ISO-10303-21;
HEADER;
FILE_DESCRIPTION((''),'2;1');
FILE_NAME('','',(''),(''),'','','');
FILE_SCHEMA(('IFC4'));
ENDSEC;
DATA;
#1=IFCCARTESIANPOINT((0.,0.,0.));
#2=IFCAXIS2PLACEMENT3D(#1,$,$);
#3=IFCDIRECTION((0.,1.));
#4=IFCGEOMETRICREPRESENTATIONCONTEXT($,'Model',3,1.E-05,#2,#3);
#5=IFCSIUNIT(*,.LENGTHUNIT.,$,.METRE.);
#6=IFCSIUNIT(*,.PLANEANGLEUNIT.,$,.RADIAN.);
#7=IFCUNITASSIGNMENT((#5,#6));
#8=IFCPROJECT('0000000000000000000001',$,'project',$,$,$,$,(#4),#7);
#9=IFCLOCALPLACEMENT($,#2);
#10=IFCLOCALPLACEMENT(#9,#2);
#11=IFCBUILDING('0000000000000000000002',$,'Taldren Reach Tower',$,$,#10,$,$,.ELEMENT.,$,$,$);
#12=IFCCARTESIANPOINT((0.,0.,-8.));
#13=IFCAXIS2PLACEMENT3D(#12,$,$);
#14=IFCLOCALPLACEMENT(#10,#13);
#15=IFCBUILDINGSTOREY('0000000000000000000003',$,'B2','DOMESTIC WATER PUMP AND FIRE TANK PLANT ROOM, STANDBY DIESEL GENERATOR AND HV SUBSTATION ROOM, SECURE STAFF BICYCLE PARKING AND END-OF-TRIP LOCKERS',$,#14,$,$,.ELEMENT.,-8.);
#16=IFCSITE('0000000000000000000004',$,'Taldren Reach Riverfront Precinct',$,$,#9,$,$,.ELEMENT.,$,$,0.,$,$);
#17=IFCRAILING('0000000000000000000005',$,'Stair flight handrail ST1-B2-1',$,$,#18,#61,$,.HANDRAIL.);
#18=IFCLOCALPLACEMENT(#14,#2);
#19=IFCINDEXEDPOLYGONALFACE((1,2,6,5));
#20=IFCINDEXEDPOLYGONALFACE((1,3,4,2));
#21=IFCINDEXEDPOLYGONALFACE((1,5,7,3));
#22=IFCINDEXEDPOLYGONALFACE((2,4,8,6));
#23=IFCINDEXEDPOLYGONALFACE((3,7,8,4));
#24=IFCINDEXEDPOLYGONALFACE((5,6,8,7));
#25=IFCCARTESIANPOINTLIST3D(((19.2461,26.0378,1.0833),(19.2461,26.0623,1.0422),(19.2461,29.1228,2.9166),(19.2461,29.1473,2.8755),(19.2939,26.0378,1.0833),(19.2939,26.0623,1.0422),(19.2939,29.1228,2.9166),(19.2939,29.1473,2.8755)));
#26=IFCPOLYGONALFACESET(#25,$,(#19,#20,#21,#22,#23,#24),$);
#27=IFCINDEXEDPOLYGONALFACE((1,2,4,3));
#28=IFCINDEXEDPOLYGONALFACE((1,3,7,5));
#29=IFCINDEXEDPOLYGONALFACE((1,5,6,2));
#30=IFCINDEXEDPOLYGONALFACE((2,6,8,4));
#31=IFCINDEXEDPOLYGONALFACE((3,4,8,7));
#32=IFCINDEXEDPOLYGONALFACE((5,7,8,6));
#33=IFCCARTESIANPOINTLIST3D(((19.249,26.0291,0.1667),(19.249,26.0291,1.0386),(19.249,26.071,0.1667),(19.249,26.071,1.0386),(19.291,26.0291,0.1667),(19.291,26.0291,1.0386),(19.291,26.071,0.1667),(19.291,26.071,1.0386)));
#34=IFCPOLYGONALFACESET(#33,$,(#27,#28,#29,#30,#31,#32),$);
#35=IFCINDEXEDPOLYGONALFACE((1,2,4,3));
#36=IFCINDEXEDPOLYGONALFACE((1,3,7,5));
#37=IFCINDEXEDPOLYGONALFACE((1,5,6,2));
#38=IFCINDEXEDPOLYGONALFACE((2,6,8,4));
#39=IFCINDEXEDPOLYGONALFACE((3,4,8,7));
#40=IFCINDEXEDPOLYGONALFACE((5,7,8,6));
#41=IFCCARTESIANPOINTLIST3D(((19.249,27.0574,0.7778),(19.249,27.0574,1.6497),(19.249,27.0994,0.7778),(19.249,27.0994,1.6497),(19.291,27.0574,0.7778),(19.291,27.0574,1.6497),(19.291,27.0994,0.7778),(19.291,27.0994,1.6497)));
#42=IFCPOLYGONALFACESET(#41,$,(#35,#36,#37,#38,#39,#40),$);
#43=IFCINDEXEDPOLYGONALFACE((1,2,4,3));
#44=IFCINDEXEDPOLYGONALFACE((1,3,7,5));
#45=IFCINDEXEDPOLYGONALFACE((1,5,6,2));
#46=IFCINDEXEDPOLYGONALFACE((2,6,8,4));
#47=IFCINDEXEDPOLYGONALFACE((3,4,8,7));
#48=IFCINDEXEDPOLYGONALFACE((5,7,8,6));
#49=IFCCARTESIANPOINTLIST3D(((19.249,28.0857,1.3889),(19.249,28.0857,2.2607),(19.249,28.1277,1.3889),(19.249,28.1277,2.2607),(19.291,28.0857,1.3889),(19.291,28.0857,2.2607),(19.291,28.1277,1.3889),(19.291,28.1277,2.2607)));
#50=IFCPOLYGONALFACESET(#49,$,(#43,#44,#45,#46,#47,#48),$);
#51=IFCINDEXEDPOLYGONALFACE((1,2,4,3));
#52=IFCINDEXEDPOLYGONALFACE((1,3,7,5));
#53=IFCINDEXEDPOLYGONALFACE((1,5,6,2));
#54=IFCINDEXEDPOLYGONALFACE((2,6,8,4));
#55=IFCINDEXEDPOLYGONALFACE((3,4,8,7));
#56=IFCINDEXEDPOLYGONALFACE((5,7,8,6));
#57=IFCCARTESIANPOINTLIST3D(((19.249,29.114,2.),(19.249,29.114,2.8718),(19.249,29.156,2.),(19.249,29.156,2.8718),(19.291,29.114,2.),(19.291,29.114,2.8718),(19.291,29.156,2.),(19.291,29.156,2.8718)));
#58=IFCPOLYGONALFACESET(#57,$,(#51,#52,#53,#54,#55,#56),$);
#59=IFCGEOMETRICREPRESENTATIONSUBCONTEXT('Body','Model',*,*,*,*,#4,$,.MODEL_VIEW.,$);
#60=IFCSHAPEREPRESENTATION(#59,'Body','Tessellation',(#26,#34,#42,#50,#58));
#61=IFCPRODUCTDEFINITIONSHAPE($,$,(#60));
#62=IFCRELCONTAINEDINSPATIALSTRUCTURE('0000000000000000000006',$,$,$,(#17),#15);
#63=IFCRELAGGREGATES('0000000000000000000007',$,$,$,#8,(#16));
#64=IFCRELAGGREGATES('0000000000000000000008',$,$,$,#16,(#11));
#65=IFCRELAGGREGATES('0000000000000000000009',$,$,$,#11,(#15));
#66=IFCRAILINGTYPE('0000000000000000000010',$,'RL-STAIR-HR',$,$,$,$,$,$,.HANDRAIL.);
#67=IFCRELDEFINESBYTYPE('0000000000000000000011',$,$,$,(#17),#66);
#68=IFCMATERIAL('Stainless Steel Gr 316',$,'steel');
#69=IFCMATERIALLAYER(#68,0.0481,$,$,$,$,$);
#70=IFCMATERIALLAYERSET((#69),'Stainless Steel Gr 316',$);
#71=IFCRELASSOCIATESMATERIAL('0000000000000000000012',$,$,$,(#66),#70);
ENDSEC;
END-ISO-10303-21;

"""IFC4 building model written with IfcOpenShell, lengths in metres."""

from ifc_helpers import new_model, si_unit, direction, frame, origin, origin_2d, place, context, subcontext, project, spatial, rectangle, extrude, material, layer, layer_set, type_object, element, save


model = new_model("IFC4")

# Units and contexts
model_context = context("Model", 3, precision=1e-05, world=origin(), true_north=direction((0.0, 1.0)))
body_context = subcontext(model_context, "Body", "Model", "MODEL_VIEW")
ifc_project = project(units=[si_unit("LENGTHUNIT", "METRE"), si_unit("PLANEANGLEUNIT", "RADIAN")], contexts=[model_context])

# Site, building, storey
site_placement = place(None, origin())
site = spatial("IfcSite", under=ifc_project, at=site_placement, Name="Taldren Reach Riverfront Precinct", CompositionType="ELEMENT", RefElevation=0.0)
building_placement = place(site_placement, origin())
building = spatial("IfcBuilding", under=site, at=building_placement, Name="Taldren Reach Tower", CompositionType="ELEMENT")
storey_placement = place(building_placement, frame((0.0, 0.0, -8.0)))
storey = spatial("IfcBuildingStorey", under=building, at=storey_placement, Name="B2", Description="DOMESTIC WATER PUMP AND FIRE TANK PLANT ROOM, STANDBY DIESEL GENERATOR AND HV SUBSTATION ROOM, SECURE STAFF BICYCLE PARKING AND END-OF-TRIP LOCKERS", CompositionType="ELEMENT", Elevation=-8.0)

# Railing
ifc_material_1 = material(Name="Stainless Steel Gr 316", Category="steel")
ifc_layer_1 = layer(ifc_material_1, 0.0481)
ifc_layer_set_1 = layer_set([ifc_layer_1], Name="Stainless Steel Gr 316")
railing_type_1 = type_object("IfcRailingType", Name="RL-STAIR-HR", PredefinedType="HANDRAIL", material=ifc_layer_set_1)
railing_1_placement = place(storey_placement, frame((19.27, 26.05, 0.1667)))
element("IfcRailing", 1, at=railing_1_placement, inside=storey, type_object=railing_type_1, Name="Stair flight handrail ST1-B2-1", PredefinedType="HANDRAIL", context=body_context, shape_type="SweptSolid", body=[
    extrude(rectangle(XDim=0.0479, YDim=0.0479, at=origin_2d()), frame((0.0, 0.0, 0.896), z_axis=(0.0, 0.859664, 0.510859), x_axis=(-1.0, 0.0, 0.0)), (0.0, 0.0, 1.0), 3.5886),
    extrude(rectangle(XDim=0.042, YDim=0.042, at=origin_2d()), origin(), (0.0, 0.0, 1.0), 0.8718),
    extrude(rectangle(XDim=0.042, YDim=0.042, at=origin_2d()), frame((0.0, 1.0283, 0.6111)), (0.0, 0.0, 1.0), 0.8718),
    extrude(rectangle(XDim=0.042, YDim=0.042, at=origin_2d()), frame((0.0, 2.0566, 1.2222)), (0.0, 0.0, 1.0), 0.8718),
    extrude(rectangle(XDim=0.042, YDim=0.042, at=origin_2d()), frame((0.0, 3.085, 1.8333)), (0.0, 0.0, 1.0), 0.8718),
])

save(model, "model.ifc")
